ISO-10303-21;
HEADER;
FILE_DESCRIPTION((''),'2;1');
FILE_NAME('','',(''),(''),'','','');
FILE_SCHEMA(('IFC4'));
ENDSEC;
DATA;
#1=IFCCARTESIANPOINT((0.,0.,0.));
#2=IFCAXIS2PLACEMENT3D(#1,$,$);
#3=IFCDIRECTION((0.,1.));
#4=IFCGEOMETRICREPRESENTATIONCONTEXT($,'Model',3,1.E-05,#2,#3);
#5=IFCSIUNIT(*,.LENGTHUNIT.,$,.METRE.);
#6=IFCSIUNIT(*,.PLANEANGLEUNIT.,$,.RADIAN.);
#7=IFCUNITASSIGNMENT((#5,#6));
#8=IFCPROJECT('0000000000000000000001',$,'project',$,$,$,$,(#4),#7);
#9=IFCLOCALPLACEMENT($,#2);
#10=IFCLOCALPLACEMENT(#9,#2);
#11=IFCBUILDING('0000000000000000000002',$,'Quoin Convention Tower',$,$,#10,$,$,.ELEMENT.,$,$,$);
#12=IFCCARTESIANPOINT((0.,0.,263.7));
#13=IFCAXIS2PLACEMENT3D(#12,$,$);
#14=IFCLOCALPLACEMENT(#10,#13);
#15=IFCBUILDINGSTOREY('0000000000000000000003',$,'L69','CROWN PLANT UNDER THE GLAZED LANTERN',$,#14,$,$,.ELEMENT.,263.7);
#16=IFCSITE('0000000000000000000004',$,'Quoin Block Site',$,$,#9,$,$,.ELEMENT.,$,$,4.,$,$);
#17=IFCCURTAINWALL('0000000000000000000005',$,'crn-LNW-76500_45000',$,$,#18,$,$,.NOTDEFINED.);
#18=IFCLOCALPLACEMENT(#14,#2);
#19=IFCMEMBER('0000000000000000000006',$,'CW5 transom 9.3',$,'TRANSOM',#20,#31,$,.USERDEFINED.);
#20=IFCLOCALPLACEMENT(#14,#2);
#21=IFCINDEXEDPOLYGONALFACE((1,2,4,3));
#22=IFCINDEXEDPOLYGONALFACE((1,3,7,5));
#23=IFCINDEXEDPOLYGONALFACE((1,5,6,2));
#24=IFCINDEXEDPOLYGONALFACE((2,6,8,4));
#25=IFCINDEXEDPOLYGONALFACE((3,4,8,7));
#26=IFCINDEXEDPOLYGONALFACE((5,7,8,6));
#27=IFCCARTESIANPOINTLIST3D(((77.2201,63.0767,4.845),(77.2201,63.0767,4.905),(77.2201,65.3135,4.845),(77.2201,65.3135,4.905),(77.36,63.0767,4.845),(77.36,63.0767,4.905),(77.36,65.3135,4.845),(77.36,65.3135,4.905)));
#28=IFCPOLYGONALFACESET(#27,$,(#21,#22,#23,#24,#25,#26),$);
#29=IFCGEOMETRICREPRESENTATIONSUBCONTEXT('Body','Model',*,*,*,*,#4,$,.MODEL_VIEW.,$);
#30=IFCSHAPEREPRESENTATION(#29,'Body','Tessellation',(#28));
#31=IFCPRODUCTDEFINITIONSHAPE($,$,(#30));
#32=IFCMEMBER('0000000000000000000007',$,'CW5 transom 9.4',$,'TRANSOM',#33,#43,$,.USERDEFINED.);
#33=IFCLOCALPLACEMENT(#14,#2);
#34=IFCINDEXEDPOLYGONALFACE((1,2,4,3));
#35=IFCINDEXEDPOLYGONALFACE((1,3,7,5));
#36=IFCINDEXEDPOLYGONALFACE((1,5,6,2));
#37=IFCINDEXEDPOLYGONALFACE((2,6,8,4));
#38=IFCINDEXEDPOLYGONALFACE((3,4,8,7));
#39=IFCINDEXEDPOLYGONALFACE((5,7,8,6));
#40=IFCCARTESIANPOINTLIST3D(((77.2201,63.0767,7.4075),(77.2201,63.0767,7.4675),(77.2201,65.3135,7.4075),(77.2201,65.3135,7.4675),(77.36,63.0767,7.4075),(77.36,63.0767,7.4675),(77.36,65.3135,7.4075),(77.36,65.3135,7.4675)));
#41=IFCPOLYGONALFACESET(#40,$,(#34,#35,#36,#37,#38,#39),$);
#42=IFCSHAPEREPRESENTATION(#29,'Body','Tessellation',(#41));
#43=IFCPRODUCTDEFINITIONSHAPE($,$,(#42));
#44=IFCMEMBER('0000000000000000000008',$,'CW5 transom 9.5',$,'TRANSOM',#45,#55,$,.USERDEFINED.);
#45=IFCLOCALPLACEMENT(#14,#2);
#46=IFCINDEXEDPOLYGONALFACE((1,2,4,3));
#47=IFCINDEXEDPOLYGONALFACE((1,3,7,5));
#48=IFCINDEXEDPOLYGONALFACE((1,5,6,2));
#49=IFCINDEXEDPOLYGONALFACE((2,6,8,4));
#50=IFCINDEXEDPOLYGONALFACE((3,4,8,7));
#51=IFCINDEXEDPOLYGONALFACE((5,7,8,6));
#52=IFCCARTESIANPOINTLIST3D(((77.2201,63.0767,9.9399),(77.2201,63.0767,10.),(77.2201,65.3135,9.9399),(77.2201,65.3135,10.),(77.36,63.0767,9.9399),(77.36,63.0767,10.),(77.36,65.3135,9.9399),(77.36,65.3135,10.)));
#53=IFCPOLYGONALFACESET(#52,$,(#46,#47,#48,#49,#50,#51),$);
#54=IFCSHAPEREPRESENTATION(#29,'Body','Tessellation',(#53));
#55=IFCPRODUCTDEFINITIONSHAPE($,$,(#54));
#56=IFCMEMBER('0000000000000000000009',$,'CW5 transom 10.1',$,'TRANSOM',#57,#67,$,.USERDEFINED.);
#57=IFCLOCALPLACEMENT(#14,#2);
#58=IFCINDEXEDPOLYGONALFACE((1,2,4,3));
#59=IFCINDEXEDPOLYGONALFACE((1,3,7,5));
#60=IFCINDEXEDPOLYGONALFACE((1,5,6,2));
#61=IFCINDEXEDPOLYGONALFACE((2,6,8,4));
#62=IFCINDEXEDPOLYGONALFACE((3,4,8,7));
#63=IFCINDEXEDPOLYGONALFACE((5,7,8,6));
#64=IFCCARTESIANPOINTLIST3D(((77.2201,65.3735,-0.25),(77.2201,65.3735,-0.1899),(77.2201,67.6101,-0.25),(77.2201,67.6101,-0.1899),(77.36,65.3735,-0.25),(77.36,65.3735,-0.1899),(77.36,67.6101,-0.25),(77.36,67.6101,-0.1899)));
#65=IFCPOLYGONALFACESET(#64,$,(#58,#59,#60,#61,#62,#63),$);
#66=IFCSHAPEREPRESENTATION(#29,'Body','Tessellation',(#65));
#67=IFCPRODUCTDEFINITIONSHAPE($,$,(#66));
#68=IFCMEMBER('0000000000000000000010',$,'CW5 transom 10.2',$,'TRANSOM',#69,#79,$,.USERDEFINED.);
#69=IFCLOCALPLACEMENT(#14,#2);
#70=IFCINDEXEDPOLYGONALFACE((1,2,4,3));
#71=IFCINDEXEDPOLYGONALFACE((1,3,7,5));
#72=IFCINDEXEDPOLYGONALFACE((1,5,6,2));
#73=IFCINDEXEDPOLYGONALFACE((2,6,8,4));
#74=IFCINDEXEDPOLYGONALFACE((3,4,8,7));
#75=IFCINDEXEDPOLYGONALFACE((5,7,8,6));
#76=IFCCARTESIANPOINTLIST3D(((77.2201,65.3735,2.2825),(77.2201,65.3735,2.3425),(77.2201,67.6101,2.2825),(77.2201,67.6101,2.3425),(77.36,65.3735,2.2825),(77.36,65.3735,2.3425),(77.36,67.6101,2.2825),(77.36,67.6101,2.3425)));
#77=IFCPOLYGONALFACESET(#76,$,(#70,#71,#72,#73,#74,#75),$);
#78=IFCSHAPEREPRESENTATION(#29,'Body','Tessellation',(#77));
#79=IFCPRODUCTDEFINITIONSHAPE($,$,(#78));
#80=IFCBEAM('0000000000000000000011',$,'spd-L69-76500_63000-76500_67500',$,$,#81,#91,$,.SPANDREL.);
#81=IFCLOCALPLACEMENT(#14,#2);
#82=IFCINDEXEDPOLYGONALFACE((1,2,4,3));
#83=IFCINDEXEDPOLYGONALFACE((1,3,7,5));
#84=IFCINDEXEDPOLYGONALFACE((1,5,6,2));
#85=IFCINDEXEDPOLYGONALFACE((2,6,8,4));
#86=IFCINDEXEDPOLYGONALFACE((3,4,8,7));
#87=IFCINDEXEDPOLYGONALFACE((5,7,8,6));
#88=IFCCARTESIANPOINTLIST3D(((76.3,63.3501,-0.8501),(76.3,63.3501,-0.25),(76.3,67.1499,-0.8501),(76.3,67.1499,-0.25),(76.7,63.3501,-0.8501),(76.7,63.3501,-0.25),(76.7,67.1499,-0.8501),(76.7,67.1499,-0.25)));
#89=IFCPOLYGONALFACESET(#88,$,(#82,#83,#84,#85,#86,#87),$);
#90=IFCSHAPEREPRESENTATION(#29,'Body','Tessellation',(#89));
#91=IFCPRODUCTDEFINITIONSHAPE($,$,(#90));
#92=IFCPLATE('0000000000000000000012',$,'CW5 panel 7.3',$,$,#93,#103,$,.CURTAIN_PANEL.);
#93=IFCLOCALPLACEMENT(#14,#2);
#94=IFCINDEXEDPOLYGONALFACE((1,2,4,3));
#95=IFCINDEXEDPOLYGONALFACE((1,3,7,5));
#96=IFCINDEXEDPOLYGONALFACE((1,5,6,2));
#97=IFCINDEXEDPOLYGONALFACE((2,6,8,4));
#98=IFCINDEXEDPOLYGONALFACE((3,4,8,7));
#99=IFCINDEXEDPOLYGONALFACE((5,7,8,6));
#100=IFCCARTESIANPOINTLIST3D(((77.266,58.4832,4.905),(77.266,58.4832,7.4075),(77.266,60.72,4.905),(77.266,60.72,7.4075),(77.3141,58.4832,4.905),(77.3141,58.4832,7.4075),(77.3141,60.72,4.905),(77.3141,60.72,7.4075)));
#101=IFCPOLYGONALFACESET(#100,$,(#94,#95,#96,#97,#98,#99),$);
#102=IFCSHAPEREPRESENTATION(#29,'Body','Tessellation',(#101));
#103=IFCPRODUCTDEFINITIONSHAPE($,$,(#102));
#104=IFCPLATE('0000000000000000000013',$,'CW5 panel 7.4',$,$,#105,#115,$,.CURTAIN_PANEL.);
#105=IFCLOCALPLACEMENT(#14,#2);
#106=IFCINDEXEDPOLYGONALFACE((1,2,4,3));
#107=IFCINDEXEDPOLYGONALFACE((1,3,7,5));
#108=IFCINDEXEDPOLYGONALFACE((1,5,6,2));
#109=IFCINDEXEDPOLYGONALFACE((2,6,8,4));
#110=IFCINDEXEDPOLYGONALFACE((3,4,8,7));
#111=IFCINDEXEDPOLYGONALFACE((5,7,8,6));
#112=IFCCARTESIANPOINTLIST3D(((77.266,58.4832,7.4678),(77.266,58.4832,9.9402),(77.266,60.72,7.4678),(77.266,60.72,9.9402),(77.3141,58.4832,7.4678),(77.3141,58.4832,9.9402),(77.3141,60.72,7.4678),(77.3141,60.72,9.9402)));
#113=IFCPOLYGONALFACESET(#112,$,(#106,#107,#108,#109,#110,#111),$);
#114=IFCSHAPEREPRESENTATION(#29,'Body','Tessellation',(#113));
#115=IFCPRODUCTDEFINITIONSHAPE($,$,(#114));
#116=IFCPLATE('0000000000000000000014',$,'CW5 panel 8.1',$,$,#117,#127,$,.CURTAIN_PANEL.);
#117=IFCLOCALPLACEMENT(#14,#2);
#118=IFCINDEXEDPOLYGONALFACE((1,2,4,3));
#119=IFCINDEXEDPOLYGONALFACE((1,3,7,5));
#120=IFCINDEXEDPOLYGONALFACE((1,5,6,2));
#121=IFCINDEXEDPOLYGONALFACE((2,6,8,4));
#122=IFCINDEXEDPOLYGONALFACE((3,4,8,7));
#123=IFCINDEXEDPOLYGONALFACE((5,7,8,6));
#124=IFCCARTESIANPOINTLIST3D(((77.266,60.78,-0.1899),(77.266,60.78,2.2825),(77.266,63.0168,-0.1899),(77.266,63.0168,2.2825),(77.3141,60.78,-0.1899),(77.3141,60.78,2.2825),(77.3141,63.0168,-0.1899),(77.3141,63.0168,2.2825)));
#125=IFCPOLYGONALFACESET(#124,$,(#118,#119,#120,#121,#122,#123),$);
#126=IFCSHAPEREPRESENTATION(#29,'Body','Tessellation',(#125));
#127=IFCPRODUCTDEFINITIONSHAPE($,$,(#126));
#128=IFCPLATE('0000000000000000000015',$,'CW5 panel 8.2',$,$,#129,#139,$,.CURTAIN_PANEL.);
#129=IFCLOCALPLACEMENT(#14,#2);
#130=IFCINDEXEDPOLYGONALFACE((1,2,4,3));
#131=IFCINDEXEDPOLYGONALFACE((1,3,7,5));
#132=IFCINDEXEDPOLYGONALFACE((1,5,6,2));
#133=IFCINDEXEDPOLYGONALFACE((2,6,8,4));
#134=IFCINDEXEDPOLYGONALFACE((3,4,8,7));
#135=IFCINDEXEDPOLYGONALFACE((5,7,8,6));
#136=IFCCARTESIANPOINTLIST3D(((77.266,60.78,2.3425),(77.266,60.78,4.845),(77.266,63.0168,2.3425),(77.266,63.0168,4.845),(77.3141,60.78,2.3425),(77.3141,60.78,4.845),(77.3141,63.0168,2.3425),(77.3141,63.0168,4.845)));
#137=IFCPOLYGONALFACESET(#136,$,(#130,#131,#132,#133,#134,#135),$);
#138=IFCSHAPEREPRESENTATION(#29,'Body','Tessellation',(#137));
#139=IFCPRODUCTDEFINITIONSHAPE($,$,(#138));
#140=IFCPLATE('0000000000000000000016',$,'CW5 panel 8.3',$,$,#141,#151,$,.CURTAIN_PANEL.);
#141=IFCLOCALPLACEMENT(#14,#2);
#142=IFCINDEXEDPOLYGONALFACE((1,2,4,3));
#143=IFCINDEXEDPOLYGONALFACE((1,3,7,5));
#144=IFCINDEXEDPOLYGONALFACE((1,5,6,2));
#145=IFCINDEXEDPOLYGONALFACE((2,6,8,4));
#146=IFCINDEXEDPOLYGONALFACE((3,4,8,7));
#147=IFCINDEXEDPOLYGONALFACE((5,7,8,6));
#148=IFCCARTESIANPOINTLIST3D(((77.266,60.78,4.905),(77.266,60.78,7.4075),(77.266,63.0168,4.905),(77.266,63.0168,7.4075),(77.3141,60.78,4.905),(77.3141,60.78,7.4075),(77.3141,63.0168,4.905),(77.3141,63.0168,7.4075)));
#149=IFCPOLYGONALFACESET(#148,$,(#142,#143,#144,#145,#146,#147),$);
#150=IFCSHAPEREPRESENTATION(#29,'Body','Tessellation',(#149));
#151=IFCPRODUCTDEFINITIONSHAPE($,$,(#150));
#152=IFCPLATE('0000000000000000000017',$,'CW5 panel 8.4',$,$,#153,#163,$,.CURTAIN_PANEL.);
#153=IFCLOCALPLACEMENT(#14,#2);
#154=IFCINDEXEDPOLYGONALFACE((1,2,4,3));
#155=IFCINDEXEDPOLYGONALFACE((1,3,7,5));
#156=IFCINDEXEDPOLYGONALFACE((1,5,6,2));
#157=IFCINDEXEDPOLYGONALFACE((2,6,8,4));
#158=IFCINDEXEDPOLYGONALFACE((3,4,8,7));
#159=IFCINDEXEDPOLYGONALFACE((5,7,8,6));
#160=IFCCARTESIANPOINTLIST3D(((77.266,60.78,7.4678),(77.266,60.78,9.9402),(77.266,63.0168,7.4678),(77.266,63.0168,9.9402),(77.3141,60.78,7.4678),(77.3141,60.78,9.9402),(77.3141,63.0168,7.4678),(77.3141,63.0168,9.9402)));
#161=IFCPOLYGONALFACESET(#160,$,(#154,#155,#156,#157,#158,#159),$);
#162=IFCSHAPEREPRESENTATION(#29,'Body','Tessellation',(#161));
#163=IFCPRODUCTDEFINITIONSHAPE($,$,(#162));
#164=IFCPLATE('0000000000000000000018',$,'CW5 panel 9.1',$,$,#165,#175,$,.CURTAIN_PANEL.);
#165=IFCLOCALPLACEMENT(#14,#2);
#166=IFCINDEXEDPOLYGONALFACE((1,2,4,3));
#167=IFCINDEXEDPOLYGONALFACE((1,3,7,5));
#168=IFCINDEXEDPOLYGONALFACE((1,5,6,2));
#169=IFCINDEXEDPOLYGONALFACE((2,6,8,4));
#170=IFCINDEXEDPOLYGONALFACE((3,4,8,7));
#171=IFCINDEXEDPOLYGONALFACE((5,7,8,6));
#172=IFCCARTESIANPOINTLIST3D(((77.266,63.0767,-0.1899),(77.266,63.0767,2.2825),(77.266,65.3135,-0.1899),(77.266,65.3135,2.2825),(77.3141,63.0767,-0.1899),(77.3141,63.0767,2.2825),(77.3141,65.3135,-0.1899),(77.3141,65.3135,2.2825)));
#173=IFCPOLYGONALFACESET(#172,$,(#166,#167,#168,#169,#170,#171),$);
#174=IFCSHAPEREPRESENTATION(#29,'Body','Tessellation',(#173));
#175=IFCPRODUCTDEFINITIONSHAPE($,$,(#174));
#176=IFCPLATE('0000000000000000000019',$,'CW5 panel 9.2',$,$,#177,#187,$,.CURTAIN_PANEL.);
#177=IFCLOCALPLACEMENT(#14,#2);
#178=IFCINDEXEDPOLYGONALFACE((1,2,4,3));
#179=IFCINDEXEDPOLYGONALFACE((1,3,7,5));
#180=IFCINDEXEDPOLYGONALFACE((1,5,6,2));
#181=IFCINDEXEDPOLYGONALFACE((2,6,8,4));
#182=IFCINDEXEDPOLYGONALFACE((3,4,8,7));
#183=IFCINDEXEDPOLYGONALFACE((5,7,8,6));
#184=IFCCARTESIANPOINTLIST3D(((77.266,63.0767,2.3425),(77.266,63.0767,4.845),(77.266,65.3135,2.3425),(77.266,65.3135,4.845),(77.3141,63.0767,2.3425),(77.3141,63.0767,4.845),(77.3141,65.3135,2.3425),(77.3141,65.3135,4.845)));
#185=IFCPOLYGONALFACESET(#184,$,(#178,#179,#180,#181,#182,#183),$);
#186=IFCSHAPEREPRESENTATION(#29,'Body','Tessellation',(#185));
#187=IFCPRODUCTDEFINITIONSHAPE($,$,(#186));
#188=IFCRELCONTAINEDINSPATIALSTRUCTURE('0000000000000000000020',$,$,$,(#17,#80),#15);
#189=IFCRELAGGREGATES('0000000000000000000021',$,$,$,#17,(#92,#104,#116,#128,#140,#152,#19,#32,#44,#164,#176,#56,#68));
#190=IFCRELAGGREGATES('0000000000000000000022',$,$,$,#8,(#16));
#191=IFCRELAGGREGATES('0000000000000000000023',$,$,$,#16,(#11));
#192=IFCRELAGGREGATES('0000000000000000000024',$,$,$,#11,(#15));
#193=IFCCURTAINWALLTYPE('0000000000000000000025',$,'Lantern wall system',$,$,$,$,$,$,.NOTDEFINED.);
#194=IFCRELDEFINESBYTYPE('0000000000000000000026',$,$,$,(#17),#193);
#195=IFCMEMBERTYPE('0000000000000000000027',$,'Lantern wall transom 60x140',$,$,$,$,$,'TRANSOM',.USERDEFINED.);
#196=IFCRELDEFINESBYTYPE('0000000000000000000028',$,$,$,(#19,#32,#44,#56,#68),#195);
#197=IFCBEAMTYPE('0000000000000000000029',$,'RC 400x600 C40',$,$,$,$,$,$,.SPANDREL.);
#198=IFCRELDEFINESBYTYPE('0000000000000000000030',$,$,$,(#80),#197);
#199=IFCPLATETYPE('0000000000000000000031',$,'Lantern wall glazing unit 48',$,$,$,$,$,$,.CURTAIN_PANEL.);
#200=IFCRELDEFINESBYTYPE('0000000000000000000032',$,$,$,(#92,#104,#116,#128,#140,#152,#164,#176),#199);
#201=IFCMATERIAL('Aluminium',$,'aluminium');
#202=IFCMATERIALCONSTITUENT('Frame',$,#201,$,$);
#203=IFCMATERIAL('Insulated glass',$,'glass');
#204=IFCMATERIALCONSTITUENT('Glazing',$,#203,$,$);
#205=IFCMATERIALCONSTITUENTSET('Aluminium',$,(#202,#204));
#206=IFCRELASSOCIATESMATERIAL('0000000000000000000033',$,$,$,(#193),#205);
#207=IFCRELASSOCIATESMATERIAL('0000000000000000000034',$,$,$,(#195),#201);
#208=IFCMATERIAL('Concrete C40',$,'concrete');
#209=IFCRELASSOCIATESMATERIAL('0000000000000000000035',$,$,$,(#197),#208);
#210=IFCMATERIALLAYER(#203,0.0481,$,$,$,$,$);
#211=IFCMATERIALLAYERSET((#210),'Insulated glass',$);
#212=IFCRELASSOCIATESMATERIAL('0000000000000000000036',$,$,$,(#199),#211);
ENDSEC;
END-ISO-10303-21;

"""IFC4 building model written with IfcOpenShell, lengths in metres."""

from ifc_helpers import new_model, si_unit, direction, frame, origin, origin_2d, place, context, subcontext, project, spatial, rectangle, extrude, material, layer, layer_set, constituent, constituent_set, material_profile, profile_set, type_object, element, aggregate, save


model = new_model("IFC4")

# Units and contexts
model_context = context("Model", 3, precision=1e-05, world=origin(), true_north=direction((0.0, 1.0)))
body_context = subcontext(model_context, "Body", "Model", "MODEL_VIEW")
ifc_project = project(units=[si_unit("LENGTHUNIT", "METRE"), si_unit("PLANEANGLEUNIT", "RADIAN")], contexts=[model_context])

# Site, building, storey
site_placement = place(None, origin())
site = spatial("IfcSite", under=ifc_project, at=site_placement, Name="Quoin Block Site", CompositionType="ELEMENT", RefElevation=4.0)
building_placement = place(site_placement, origin())
building = spatial("IfcBuilding", under=site, at=building_placement, Name="Quoin Convention Tower", CompositionType="ELEMENT")
storey_placement = place(building_placement, frame((0.0, 0.0, 263.7)))
storey = spatial("IfcBuildingStorey", under=building, at=storey_placement, Name="L69", Description="CROWN PLANT UNDER THE GLAZED LANTERN", CompositionType="ELEMENT", Elevation=263.7)

# Shared definitions
ifc_material_1 = material(Name="Concrete C40", Category="concrete")

# Curtain wall, members
ifc_material_2 = material(Name="Aluminium", Category="aluminium")
ifc_constituent_1 = constituent(ifc_material_2, Name="Frame")
ifc_material_3 = material(Name="Insulated glass", Category="glass")
ifc_constituent_2 = constituent(ifc_material_3, Name="Glazing")
ifc_constituent_set = constituent_set(constituents=[ifc_constituent_1, ifc_constituent_2], Name="Aluminium")
curtain_wall_type = type_object("IfcCurtainWallType", Name="Lantern wall system", PredefinedType="NOTDEFINED", material=ifc_constituent_set)
curtain_wall_placement = place(storey_placement, origin())
curtain_wall = element("IfcCurtainWall", 1, at=curtain_wall_placement, inside=storey, type_object=curtain_wall_type, Name="crn-LNW-76500_45000", PredefinedType="NOTDEFINED")
ifc_material_profile_1 = material_profile(ifc_material_2, rectangle(XDim=0.1399, YDim=0.0601, at=origin_2d()), Name="Lantern wall transom 60x140")
ifc_profile_set_1 = profile_set([ifc_material_profile_1], Name="Aluminium")
member_type_1 = type_object("IfcMemberType", Name="Lantern wall transom 60x140", ElementType="TRANSOM", PredefinedType="USERDEFINED", material=ifc_profile_set_1)
member_1_placement = place(storey_placement, frame((77.29, 63.0767, 4.875), z_axis=(0.0, 1.0, 0.0), x_axis=(-1.0, 0.0, 0.0)))
member_1 = element("IfcMember", 2, at=member_1_placement, type_object=member_type_1, Name="CW5 transom 9.3", ObjectType="TRANSOM", PredefinedType="USERDEFINED", context=body_context, shape_type="SweptSolid", body=[
    extrude(rectangle(XDim=0.1399, YDim=0.0601, at=origin_2d()), origin(), (0.0, 0.0, 1.0), 2.2368),
])
member_2_placement = place(storey_placement, frame((77.29, 63.0767, 7.4375), z_axis=(0.0, 1.0, 0.0), x_axis=(-1.0, 0.0, 0.0)))
member_2 = element("IfcMember", 3, at=member_2_placement, type_object=member_type_1, Name="CW5 transom 9.4", ObjectType="TRANSOM", PredefinedType="USERDEFINED", context=body_context, shape_type="SweptSolid", body=[
    extrude(rectangle(XDim=0.1399, YDim=0.0601, at=origin_2d()), origin(), (0.0, 0.0, 1.0), 2.2368),
])
member_3_placement = place(storey_placement, frame((77.29, 63.0767, 9.97), z_axis=(0.0, 1.0, 0.0), x_axis=(-1.0, 0.0, 0.0)))
member_3 = element("IfcMember", 4, at=member_3_placement, type_object=member_type_1, Name="CW5 transom 9.5", ObjectType="TRANSOM", PredefinedType="USERDEFINED", context=body_context, shape_type="SweptSolid", body=[
    extrude(rectangle(XDim=0.1399, YDim=0.0601, at=origin_2d()), origin(), (0.0, 0.0, 1.0), 2.2368),
])
member_4_placement = place(storey_placement, frame((77.29, 65.3735, -0.22), z_axis=(0.0, 1.0, 0.0), x_axis=(-1.0, 0.0, 0.0)))
member_4 = element("IfcMember", 5, at=member_4_placement, type_object=member_type_1, Name="CW5 transom 10.1", ObjectType="TRANSOM", PredefinedType="USERDEFINED", context=body_context, shape_type="SweptSolid", body=[
    extrude(rectangle(XDim=0.1399, YDim=0.0601, at=origin_2d()), origin(), (0.0, 0.0, 1.0), 2.2366),
])
member_5_placement = place(storey_placement, frame((77.29, 65.3735, 2.3125), z_axis=(0.0, 1.0, 0.0), x_axis=(-1.0, 0.0, 0.0)))
member_5 = element("IfcMember", 6, at=member_5_placement, type_object=member_type_1, Name="CW5 transom 10.2", ObjectType="TRANSOM", PredefinedType="USERDEFINED", context=body_context, shape_type="SweptSolid", body=[
    extrude(rectangle(XDim=0.1399, YDim=0.0601, at=origin_2d()), origin(), (0.0, 0.0, 1.0), 2.2366),
])

# Beam
ifc_material_profile_2 = material_profile(ifc_material_1, rectangle(XDim=0.3999, YDim=0.6001, at=origin_2d()), Name="RC 400x600")
ifc_profile_set_2 = profile_set([ifc_material_profile_2], Name="Concrete C40")
beam_type = type_object("IfcBeamType", Name="RC 400x600 C40", PredefinedType="SPANDREL", material=ifc_profile_set_2)
beam_placement = place(storey_placement, frame((76.5, 63.3501, -0.55), z_axis=(0.0, 1.0, 0.0), x_axis=(-1.0, 0.0, 0.0)))
element("IfcBeam", 7, at=beam_placement, inside=storey, type_object=beam_type, Name="spd-L69-76500_63000-76500_67500", PredefinedType="SPANDREL", context=body_context, shape_type="SweptSolid", body=[
    extrude(rectangle(XDim=0.3999, YDim=0.6001, at=origin_2d()), origin(), (0.0, 0.0, 1.0), 3.7998),
])

# Plates
ifc_layer = layer(ifc_material_3, 0.0481)
ifc_layer_set = layer_set([ifc_layer], Name="Insulated glass")
plate_type = type_object("IfcPlateType", Name="Lantern wall glazing unit 48", PredefinedType="CURTAIN_PANEL", material=ifc_layer_set)
plate_1_placement = place(storey_placement, frame((77.29, 59.6016, 4.905), z_axis=(0.0, 0.0, 1.0), x_axis=(0.0, 1.0, 0.0)))
plate_1 = element("IfcPlate", 8, at=plate_1_placement, type_object=plate_type, Name="CW5 panel 7.3", PredefinedType="CURTAIN_PANEL", context=body_context, shape_type="SweptSolid", body=[
    extrude(rectangle(XDim=2.2368, YDim=0.0481, at=origin_2d()), origin(), (0.0, 0.0, 1.0), 2.5024),
])
plate_2_placement = place(storey_placement, frame((77.29, 59.6016, 7.4678), z_axis=(0.0, 0.0, 1.0), x_axis=(0.0, 1.0, 0.0)))
plate_2 = element("IfcPlate", 9, at=plate_2_placement, type_object=plate_type, Name="CW5 panel 7.4", PredefinedType="CURTAIN_PANEL", context=body_context, shape_type="SweptSolid", body=[
    extrude(rectangle(XDim=2.2368, YDim=0.0481, at=origin_2d()), origin(), (0.0, 0.0, 1.0), 2.4724),
])
plate_3_placement = place(storey_placement, frame((77.29, 61.8984, -0.1899), z_axis=(0.0, 0.0, 1.0), x_axis=(0.0, 1.0, 0.0)))
plate_3 = element("IfcPlate", 10, at=plate_3_placement, type_object=plate_type, Name="CW5 panel 8.1", PredefinedType="CURTAIN_PANEL", context=body_context, shape_type="SweptSolid", body=[
    extrude(rectangle(XDim=2.2368, YDim=0.0481, at=origin_2d()), origin(), (0.0, 0.0, 1.0), 2.4724),
])
plate_4_placement = place(storey_placement, frame((77.29, 61.8984, 2.3425), z_axis=(0.0, 0.0, 1.0), x_axis=(0.0, 1.0, 0.0)))
plate_4 = element("IfcPlate", 11, at=plate_4_placement, type_object=plate_type, Name="CW5 panel 8.2", PredefinedType="CURTAIN_PANEL", context=body_context, shape_type="SweptSolid", body=[
    extrude(rectangle(XDim=2.2368, YDim=0.0481, at=origin_2d()), origin(), (0.0, 0.0, 1.0), 2.5024),
])
plate_5_placement = place(storey_placement, frame((77.29, 61.8984, 4.905), z_axis=(0.0, 0.0, 1.0), x_axis=(0.0, 1.0, 0.0)))
plate_5 = element("IfcPlate", 12, at=plate_5_placement, type_object=plate_type, Name="CW5 panel 8.3", PredefinedType="CURTAIN_PANEL", context=body_context, shape_type="SweptSolid", body=[
    extrude(rectangle(XDim=2.2368, YDim=0.0481, at=origin_2d()), origin(), (0.0, 0.0, 1.0), 2.5024),
])
plate_6_placement = place(storey_placement, frame((77.29, 61.8984, 7.4678), z_axis=(0.0, 0.0, 1.0), x_axis=(0.0, 1.0, 0.0)))
plate_6 = element("IfcPlate", 13, at=plate_6_placement, type_object=plate_type, Name="CW5 panel 8.4", PredefinedType="CURTAIN_PANEL", context=body_context, shape_type="SweptSolid", body=[
    extrude(rectangle(XDim=2.2368, YDim=0.0481, at=origin_2d()), origin(), (0.0, 0.0, 1.0), 2.4724),
])
plate_7_placement = place(storey_placement, frame((77.29, 64.1951, -0.1899), z_axis=(0.0, 0.0, 1.0), x_axis=(0.0, 1.0, 0.0)))
plate_7 = element("IfcPlate", 14, at=plate_7_placement, type_object=plate_type, Name="CW5 panel 9.1", PredefinedType="CURTAIN_PANEL", context=body_context, shape_type="SweptSolid", body=[
    extrude(rectangle(XDim=2.2368, YDim=0.0481, at=origin_2d()), origin(), (0.0, 0.0, 1.0), 2.4724),
])
plate_8_placement = place(storey_placement, frame((77.29, 64.1951, 2.3425), z_axis=(0.0, 0.0, 1.0), x_axis=(0.0, 1.0, 0.0)))
plate_8 = element("IfcPlate", 15, at=plate_8_placement, type_object=plate_type, Name="CW5 panel 9.2", PredefinedType="CURTAIN_PANEL", context=body_context, shape_type="SweptSolid", body=[
    extrude(rectangle(XDim=2.2368, YDim=0.0481, at=origin_2d()), origin(), (0.0, 0.0, 1.0), 2.5024),
])
aggregate(curtain_wall, [plate_1, plate_2, plate_3, plate_4, plate_5, plate_6, member_1, member_2, member_3, plate_7, plate_8, member_4, member_5])

save(model, "model.ifc")
